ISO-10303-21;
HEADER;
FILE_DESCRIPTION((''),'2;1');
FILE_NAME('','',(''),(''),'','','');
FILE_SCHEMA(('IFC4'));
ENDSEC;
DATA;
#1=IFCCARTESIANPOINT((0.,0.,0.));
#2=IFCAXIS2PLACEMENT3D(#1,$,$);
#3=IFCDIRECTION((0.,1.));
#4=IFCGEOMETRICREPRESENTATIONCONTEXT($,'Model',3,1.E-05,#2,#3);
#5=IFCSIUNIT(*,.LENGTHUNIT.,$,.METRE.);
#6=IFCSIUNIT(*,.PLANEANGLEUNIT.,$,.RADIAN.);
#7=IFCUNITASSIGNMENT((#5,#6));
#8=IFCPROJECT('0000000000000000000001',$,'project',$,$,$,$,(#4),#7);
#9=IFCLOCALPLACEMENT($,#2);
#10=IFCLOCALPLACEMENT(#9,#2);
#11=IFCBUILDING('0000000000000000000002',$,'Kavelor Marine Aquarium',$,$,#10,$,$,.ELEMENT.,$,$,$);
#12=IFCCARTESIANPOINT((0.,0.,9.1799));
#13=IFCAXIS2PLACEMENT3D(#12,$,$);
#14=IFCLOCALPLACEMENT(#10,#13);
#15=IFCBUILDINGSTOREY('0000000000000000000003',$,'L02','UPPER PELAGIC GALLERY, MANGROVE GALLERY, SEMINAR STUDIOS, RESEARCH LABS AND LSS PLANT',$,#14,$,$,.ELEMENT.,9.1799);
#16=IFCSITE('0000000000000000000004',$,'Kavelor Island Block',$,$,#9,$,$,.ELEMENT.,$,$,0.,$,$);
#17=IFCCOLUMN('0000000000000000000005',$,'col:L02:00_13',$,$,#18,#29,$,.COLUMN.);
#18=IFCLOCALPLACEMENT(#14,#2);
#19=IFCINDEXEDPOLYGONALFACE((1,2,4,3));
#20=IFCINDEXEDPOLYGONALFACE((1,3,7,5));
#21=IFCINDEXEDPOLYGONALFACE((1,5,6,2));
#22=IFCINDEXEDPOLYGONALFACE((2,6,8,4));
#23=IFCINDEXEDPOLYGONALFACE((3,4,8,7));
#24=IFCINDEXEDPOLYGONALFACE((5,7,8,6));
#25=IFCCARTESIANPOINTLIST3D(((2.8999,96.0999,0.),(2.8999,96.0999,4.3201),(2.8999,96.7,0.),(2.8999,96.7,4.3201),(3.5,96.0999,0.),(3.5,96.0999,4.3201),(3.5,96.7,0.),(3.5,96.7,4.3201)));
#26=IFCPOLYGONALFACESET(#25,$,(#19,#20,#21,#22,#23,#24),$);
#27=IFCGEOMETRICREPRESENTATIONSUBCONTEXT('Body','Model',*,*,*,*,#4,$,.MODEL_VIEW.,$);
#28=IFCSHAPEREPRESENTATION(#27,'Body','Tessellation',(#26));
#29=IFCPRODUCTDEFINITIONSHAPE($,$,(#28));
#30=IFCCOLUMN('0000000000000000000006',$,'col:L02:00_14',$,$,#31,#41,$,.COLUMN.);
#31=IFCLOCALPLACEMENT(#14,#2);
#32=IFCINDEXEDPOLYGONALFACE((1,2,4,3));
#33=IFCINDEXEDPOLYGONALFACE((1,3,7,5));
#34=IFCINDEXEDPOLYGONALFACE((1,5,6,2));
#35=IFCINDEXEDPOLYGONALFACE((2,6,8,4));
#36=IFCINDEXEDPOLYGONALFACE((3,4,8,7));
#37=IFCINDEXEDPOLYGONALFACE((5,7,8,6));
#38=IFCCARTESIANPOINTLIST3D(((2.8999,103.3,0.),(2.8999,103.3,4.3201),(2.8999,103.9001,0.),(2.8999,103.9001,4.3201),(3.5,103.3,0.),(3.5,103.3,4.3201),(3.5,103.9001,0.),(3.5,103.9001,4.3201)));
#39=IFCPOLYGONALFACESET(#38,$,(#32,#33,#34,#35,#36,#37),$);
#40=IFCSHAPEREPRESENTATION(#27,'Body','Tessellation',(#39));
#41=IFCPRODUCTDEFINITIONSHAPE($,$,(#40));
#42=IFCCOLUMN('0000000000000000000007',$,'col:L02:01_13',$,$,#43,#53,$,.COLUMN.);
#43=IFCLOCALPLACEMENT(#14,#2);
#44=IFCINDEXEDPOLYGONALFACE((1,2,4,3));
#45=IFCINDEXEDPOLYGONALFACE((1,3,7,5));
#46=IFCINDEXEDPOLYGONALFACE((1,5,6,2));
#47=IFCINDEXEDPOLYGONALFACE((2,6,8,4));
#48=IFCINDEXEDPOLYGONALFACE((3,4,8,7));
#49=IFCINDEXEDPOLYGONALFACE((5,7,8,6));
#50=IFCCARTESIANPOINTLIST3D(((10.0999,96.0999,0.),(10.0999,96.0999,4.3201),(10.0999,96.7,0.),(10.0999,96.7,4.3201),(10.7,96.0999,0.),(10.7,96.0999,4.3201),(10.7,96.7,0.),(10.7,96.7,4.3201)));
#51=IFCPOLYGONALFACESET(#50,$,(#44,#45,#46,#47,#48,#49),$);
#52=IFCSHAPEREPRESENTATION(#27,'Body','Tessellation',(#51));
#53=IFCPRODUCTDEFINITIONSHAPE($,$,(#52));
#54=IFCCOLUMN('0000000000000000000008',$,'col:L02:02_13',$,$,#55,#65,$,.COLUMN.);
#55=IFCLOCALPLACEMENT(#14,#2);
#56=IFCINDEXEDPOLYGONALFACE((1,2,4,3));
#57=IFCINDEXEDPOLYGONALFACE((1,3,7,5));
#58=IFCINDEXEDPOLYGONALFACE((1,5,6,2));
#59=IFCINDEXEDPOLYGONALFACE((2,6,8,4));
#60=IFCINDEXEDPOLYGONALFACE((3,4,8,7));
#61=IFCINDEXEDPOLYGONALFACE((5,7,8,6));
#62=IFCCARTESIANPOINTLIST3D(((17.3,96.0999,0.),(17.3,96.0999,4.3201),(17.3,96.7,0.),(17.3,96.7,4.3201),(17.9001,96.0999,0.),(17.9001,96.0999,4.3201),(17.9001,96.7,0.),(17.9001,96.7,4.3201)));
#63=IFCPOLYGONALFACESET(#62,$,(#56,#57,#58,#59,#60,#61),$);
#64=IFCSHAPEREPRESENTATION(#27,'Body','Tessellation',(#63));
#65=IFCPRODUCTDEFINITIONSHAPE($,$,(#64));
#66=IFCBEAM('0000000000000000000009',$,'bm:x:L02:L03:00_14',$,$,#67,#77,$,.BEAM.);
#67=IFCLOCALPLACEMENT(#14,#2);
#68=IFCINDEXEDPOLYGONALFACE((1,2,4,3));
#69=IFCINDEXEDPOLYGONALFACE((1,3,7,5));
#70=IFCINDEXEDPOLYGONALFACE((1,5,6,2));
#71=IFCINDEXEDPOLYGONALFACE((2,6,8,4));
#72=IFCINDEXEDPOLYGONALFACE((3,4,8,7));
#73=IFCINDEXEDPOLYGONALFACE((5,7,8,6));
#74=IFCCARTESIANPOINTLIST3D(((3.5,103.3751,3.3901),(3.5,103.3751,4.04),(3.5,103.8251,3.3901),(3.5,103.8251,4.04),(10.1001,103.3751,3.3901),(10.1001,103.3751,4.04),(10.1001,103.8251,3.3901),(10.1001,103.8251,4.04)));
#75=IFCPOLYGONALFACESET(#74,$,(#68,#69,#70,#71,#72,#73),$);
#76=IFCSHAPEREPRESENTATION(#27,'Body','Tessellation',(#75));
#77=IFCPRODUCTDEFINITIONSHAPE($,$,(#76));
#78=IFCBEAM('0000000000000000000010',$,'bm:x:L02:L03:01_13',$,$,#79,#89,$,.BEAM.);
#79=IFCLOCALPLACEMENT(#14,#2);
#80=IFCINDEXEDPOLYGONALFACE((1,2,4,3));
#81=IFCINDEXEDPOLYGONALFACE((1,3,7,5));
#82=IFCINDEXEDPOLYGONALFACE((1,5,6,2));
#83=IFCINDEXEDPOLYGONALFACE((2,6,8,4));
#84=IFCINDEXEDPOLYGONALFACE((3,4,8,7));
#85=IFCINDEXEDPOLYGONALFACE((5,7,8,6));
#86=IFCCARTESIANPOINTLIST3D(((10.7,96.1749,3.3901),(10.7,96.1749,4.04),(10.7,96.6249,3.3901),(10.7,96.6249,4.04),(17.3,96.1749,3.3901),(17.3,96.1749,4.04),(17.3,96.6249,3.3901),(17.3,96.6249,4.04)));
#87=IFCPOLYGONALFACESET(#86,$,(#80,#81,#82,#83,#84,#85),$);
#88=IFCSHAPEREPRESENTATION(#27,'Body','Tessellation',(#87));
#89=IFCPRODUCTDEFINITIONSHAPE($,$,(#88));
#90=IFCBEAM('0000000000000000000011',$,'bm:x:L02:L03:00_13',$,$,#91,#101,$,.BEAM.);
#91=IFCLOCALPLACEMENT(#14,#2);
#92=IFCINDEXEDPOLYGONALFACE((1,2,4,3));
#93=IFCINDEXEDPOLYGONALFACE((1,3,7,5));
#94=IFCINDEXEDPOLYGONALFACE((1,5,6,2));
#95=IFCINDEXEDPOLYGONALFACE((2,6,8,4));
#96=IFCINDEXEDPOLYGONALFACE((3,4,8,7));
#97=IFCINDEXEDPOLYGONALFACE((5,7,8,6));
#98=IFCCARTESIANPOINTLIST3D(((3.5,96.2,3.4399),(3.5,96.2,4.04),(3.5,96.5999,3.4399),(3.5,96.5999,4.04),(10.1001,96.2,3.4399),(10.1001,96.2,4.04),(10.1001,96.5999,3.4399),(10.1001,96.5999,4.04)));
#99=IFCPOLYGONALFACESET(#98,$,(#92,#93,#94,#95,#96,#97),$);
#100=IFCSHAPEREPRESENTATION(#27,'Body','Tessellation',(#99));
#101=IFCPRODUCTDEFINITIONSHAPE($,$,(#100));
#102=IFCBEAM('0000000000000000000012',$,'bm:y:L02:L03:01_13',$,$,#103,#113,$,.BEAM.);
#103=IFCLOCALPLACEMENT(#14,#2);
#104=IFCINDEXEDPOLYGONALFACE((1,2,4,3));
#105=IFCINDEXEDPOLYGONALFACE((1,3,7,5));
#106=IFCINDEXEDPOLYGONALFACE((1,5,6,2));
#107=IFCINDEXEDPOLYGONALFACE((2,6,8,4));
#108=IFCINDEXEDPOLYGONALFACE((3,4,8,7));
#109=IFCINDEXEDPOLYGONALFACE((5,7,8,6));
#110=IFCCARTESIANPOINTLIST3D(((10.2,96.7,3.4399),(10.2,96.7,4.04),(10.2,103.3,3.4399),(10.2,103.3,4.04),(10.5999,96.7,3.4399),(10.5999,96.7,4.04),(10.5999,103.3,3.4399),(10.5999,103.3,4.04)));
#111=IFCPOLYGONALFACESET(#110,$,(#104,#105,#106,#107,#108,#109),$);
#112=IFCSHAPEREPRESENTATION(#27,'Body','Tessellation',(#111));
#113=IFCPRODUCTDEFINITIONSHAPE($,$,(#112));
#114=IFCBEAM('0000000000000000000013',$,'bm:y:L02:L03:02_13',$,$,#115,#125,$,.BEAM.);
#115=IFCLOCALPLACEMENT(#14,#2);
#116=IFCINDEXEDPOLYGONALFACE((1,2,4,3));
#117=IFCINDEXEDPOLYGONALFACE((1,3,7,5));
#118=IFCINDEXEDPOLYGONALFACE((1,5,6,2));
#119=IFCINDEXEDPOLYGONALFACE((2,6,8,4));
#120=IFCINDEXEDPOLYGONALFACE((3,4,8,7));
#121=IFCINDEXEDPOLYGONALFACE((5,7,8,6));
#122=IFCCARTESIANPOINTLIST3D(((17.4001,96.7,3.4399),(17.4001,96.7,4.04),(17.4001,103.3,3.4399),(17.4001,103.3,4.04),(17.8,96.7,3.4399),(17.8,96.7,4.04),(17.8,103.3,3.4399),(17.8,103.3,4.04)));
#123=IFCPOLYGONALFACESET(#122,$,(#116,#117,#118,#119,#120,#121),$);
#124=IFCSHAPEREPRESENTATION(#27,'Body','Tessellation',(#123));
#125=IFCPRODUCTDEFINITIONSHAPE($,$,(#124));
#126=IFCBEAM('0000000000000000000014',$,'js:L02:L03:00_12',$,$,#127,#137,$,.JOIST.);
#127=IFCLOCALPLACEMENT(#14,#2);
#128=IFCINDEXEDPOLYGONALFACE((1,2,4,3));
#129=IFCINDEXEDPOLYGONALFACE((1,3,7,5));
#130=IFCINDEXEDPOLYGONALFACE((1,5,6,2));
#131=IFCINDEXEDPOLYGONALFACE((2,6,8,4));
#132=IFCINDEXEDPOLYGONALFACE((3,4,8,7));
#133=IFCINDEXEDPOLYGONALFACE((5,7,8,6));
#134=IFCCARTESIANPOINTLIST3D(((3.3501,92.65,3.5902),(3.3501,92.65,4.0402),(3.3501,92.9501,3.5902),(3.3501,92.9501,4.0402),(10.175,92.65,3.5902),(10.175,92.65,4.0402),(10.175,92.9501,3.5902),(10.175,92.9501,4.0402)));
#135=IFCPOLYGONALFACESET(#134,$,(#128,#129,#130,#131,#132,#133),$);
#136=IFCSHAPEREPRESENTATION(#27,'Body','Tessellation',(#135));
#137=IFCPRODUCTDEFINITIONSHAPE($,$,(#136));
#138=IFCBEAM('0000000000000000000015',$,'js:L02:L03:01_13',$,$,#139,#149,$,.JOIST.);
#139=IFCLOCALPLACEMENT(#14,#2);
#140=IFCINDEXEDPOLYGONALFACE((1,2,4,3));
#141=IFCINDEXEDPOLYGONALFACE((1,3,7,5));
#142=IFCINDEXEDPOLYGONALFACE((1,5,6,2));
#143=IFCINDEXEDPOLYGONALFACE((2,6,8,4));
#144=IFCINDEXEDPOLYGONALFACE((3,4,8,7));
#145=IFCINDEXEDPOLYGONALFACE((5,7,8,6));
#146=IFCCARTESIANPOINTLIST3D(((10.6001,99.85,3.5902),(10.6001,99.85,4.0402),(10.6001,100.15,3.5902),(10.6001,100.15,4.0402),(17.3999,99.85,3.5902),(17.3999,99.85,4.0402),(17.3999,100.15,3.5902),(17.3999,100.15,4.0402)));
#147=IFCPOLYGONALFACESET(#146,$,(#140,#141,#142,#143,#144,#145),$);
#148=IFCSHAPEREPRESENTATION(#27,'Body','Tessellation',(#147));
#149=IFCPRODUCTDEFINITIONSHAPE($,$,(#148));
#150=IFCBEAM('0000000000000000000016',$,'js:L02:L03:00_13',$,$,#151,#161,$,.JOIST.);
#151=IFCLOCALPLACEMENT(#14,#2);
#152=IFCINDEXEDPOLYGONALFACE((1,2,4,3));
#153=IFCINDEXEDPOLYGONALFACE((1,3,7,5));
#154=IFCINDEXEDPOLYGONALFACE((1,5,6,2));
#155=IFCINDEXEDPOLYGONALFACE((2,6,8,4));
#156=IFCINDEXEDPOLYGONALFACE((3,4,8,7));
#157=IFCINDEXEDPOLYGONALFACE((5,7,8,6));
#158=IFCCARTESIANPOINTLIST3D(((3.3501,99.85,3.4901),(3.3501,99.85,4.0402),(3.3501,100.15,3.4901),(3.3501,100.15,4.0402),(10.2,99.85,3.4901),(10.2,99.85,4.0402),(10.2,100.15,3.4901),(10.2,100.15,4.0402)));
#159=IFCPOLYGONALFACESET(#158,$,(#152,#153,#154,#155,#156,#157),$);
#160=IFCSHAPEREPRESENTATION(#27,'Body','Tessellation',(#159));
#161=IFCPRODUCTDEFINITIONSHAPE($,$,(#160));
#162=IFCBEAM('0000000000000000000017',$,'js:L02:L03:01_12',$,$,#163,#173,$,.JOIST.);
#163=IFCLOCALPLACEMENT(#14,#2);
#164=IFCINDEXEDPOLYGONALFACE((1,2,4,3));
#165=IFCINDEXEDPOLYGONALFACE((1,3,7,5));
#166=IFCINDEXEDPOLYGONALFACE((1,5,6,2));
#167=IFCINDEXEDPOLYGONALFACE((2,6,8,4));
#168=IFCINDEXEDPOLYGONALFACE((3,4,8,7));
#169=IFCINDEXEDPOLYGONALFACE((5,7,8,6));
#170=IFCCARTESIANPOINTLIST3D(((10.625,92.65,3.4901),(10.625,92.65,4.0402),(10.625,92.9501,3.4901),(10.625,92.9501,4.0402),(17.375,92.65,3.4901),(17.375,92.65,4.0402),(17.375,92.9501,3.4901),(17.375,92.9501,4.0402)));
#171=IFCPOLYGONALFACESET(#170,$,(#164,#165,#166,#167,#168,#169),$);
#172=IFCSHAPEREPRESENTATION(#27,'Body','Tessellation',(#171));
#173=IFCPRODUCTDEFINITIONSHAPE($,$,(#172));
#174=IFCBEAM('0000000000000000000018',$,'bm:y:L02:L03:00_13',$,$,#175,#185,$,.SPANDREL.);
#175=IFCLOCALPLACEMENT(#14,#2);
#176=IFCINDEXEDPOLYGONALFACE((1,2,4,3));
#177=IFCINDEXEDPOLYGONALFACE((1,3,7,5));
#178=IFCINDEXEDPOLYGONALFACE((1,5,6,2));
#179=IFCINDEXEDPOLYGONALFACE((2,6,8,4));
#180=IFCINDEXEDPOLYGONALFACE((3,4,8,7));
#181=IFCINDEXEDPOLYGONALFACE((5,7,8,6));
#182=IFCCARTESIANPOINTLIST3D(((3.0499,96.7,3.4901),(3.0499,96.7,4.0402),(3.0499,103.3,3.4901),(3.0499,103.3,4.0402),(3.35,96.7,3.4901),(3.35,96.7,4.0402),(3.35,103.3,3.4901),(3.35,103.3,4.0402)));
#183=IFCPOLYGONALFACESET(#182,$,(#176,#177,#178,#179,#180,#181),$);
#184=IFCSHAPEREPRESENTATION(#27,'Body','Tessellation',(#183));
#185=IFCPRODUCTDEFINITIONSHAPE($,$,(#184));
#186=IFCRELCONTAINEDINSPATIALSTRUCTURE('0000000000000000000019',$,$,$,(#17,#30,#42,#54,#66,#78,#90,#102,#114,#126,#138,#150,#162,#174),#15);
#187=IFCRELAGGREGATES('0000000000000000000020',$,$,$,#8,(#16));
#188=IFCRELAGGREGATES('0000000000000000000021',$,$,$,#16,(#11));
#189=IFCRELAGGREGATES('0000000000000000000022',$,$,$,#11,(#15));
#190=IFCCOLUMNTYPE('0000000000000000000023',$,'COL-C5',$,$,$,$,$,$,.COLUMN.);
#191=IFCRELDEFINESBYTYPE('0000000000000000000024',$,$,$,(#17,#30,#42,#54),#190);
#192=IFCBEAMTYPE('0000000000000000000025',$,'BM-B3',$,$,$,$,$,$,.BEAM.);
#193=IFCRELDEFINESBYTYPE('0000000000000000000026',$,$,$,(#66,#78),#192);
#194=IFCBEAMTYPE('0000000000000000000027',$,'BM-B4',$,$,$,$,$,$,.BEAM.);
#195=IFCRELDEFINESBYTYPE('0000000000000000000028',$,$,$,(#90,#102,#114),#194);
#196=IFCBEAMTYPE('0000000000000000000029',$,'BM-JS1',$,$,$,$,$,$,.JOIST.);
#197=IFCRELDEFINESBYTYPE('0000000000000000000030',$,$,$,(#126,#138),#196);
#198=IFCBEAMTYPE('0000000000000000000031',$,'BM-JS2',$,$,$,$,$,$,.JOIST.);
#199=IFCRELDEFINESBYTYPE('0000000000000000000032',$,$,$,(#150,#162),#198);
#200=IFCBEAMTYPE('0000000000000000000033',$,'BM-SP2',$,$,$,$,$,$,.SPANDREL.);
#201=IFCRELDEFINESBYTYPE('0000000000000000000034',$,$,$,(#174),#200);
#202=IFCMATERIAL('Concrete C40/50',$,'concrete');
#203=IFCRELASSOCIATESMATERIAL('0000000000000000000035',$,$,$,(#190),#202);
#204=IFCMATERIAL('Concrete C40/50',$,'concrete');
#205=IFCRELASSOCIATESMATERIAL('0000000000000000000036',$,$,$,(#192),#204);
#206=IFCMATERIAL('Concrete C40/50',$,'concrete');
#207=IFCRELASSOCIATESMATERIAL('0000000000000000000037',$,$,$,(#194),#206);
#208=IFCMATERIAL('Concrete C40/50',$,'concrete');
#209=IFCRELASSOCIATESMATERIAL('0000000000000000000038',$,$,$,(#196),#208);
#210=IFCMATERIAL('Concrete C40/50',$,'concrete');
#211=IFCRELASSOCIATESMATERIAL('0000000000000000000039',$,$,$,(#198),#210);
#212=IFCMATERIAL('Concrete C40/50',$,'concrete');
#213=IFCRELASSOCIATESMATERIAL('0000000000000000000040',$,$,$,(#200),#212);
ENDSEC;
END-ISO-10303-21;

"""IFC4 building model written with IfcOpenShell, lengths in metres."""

from ifc_helpers import new_model, si_unit, direction, frame, origin, origin_2d, place, context, subcontext, project, spatial, rectangle, extrude, material, material_profile, profile_set, type_object, element, save


model = new_model("IFC4")

# Units and contexts
model_context = context("Model", 3, precision=1e-05, world=origin(), true_north=direction((0.0, 1.0)))
body_context = subcontext(model_context, "Body", "Model", "MODEL_VIEW")
ifc_project = project(units=[si_unit("LENGTHUNIT", "METRE"), si_unit("PLANEANGLEUNIT", "RADIAN")], contexts=[model_context])

# Site, building, storey
site_placement = place(None, origin())
site = spatial("IfcSite", under=ifc_project, at=site_placement, Name="Kavelor Island Block", CompositionType="ELEMENT", RefElevation=0.0)
building_placement = place(site_placement, origin())
building = spatial("IfcBuilding", under=site, at=building_placement, Name="Kavelor Marine Aquarium", CompositionType="ELEMENT")
storey_placement = place(building_placement, frame((0.0, 0.0, 9.1799)))
storey = spatial("IfcBuildingStorey", under=building, at=storey_placement, Name="L02", Description="UPPER PELAGIC GALLERY, MANGROVE GALLERY, SEMINAR STUDIOS, RESEARCH LABS AND LSS PLANT", CompositionType="ELEMENT", Elevation=9.1799)

# Columns
ifc_material_1 = material(Name="Concrete C40/50", Category="concrete")
ifc_material_profile_1 = material_profile(ifc_material_1, rectangle(XDim=0.6001, YDim=0.6001, at=origin_2d()), Name="RC-COL 600x600")
ifc_profile_set_1 = profile_set([ifc_material_profile_1], Name="Concrete C40/50")
column_type = type_object("IfcColumnType", Name="COL-C5", PredefinedType="COLUMN", material=ifc_profile_set_1)
for number, where, z_axis, x_axis, name in (
    (1, (3.2, 96.3999, 0.0), (0.0, 0.0, 1.0), (1.0, 0.0, 0.0), "col:L02:00_13"),
    (2, (3.2, 103.6001, 0.0), (0.0, 0.0, 1.0), (1.0, 0.0, 0.0), "col:L02:00_14"),
    (3, (10.3999, 96.3999, 0.0), (0.0, 0.0, 1.0), (1.0, 0.0, 0.0), "col:L02:01_13"),
    (4, (17.6001, 96.3999, 0.0), (0.0, 0.0, 1.0), (1.0, 0.0, 0.0), "col:L02:02_13"),
):
    element("IfcColumn", number, at=place(storey_placement, frame(where, z_axis=z_axis, x_axis=x_axis)), inside=storey, type_object=column_type, Name=name, PredefinedType="COLUMN", context=body_context, shape_type="SweptSolid", body=[
        extrude(rectangle(XDim=0.6001, YDim=0.6001, at=origin_2d()), origin(), (0.0, 0.0, 1.0), 4.3201),
    ])

# Beams
ifc_material_2 = material(Name="Concrete C40/50", Category="concrete")
ifc_material_profile_2 = material_profile(ifc_material_2, rectangle(XDim=0.45, YDim=0.6499, at=origin_2d()), Name="RC-BM 450x650")
ifc_profile_set_2 = profile_set([ifc_material_profile_2], Name="Concrete C40/50")
beam_type_1 = type_object("IfcBeamType", Name="BM-B3", PredefinedType="BEAM", material=ifc_profile_set_2)
for number, where, z_axis, x_axis, name in (
    (5, (3.5, 103.6001, 3.7151), (1.0, 0.0, 0.0), (0.0, 1.0, 0.0), "bm:x:L02:L03:00_14"),
    (6, (10.7, 96.3999, 3.7151), (1.0, 0.0, 0.0), (0.0, 1.0, 0.0), "bm:x:L02:L03:01_13"),
):
    element("IfcBeam", number, at=place(storey_placement, frame(where, z_axis=z_axis, x_axis=x_axis)), inside=storey, type_object=beam_type_1, Name=name, PredefinedType="BEAM", context=body_context, shape_type="SweptSolid", body=[
        extrude(rectangle(XDim=0.45, YDim=0.6499, at=origin_2d()), origin(), (0.0, 0.0, 1.0), 6.6001),
    ])
ifc_material_3 = material(Name="Concrete C40/50", Category="concrete")
ifc_material_profile_3 = material_profile(ifc_material_3, rectangle(XDim=0.3999, YDim=0.6001, at=origin_2d()), Name="RC-BM 400x600")
ifc_profile_set_3 = profile_set([ifc_material_profile_3], Name="Concrete C40/50")
beam_type_2 = type_object("IfcBeamType", Name="BM-B4", PredefinedType="BEAM", material=ifc_profile_set_3)
for number, where, z_axis, x_axis, name in (
    (7, (3.5, 96.3999, 3.74), (1.0, 0.0, 0.0), (0.0, 1.0, 0.0), "bm:x:L02:L03:00_13"),
    (8, (10.3999, 96.7, 3.74), (0.0, 1.0, 0.0), (-1.0, 0.0, 0.0), "bm:y:L02:L03:01_13"),
    (9, (17.6001, 96.7, 3.74), (0.0, 1.0, 0.0), (-1.0, 0.0, 0.0), "bm:y:L02:L03:02_13"),
):
    element("IfcBeam", number, at=place(storey_placement, frame(where, z_axis=z_axis, x_axis=x_axis)), inside=storey, type_object=beam_type_2, Name=name, PredefinedType="BEAM", context=body_context, shape_type="SweptSolid", body=[
        extrude(rectangle(XDim=0.3999, YDim=0.6001, at=origin_2d()), origin(), (0.0, 0.0, 1.0), 6.6001),
    ])
ifc_material_4 = material(Name="Concrete C40/50", Category="concrete")
ifc_material_profile_4 = material_profile(ifc_material_4, rectangle(XDim=0.3, YDim=0.45, at=origin_2d()), Name="RC-JS 300x450")
ifc_profile_set_4 = profile_set([ifc_material_profile_4], Name="Concrete C40/50")
beam_type_3 = type_object("IfcBeamType", Name="BM-JS1", PredefinedType="JOIST", material=ifc_profile_set_4)
beam_1_placement = place(storey_placement, frame((3.3501, 92.8, 3.8152), z_axis=(1.0, 0.0, 0.0), x_axis=(0.0, 1.0, 0.0)))
element("IfcBeam", 10, at=beam_1_placement, inside=storey, type_object=beam_type_3, Name="js:L02:L03:00_12", PredefinedType="JOIST", context=body_context, shape_type="SweptSolid", body=[
    extrude(rectangle(XDim=0.3, YDim=0.45, at=origin_2d()), origin(), (0.0, 0.0, 1.0), 6.825),
])
beam_2_placement = place(storey_placement, frame((10.6001, 100.0, 3.8152), z_axis=(1.0, 0.0, 0.0), x_axis=(0.0, 1.0, 0.0)))
element("IfcBeam", 11, at=beam_2_placement, inside=storey, type_object=beam_type_3, Name="js:L02:L03:01_13", PredefinedType="JOIST", context=body_context, shape_type="SweptSolid", body=[
    extrude(rectangle(XDim=0.3, YDim=0.45, at=origin_2d()), origin(), (0.0, 0.0, 1.0), 6.7998),
])
ifc_material_5 = material(Name="Concrete C40/50", Category="concrete")
ifc_material_profile_5 = material_profile(ifc_material_5, rectangle(XDim=0.3, YDim=0.55, at=origin_2d()), Name="RC-JS 300x550")
ifc_profile_set_5 = profile_set([ifc_material_profile_5], Name="Concrete C40/50")
beam_type_4 = type_object("IfcBeamType", Name="BM-JS2", PredefinedType="JOIST", material=ifc_profile_set_5)
beam_3_placement = place(storey_placement, frame((3.3501, 100.0, 3.7651), z_axis=(1.0, 0.0, 0.0), x_axis=(0.0, 1.0, 0.0)))
element("IfcBeam", 12, at=beam_3_placement, inside=storey, type_object=beam_type_4, Name="js:L02:L03:00_13", PredefinedType="JOIST", context=body_context, shape_type="SweptSolid", body=[
    extrude(rectangle(XDim=0.3, YDim=0.55, at=origin_2d()), origin(), (0.0, 0.0, 1.0), 6.8499),
])
beam_4_placement = place(storey_placement, frame((10.625, 92.8, 3.7651), z_axis=(1.0, 0.0, 0.0), x_axis=(0.0, 1.0, 0.0)))
element("IfcBeam", 13, at=beam_4_placement, inside=storey, type_object=beam_type_4, Name="js:L02:L03:01_12", PredefinedType="JOIST", context=body_context, shape_type="SweptSolid", body=[
    extrude(rectangle(XDim=0.3, YDim=0.55, at=origin_2d()), origin(), (0.0, 0.0, 1.0), 6.75),
])
ifc_material_6 = material(Name="Concrete C40/50", Category="concrete")
ifc_material_profile_6 = material_profile(ifc_material_6, rectangle(XDim=0.3, YDim=0.55, at=origin_2d()), Name="RC-SP 300x550")
ifc_profile_set_6 = profile_set([ifc_material_profile_6], Name="Concrete C40/50")
beam_type_5 = type_object("IfcBeamType", Name="BM-SP2", PredefinedType="SPANDREL", material=ifc_profile_set_6)
beam_5_placement = place(storey_placement, frame((3.2, 96.7, 3.7651), z_axis=(0.0, 1.0, 0.0), x_axis=(-1.0, 0.0, 0.0)))
element("IfcBeam", 14, at=beam_5_placement, inside=storey, type_object=beam_type_5, Name="bm:y:L02:L03:00_13", PredefinedType="SPANDREL", context=body_context, shape_type="SweptSolid", body=[
    extrude(rectangle(XDim=0.3, YDim=0.55, at=origin_2d()), origin(), (0.0, 0.0, 1.0), 6.6001),
])

save(model, "model.ifc")
